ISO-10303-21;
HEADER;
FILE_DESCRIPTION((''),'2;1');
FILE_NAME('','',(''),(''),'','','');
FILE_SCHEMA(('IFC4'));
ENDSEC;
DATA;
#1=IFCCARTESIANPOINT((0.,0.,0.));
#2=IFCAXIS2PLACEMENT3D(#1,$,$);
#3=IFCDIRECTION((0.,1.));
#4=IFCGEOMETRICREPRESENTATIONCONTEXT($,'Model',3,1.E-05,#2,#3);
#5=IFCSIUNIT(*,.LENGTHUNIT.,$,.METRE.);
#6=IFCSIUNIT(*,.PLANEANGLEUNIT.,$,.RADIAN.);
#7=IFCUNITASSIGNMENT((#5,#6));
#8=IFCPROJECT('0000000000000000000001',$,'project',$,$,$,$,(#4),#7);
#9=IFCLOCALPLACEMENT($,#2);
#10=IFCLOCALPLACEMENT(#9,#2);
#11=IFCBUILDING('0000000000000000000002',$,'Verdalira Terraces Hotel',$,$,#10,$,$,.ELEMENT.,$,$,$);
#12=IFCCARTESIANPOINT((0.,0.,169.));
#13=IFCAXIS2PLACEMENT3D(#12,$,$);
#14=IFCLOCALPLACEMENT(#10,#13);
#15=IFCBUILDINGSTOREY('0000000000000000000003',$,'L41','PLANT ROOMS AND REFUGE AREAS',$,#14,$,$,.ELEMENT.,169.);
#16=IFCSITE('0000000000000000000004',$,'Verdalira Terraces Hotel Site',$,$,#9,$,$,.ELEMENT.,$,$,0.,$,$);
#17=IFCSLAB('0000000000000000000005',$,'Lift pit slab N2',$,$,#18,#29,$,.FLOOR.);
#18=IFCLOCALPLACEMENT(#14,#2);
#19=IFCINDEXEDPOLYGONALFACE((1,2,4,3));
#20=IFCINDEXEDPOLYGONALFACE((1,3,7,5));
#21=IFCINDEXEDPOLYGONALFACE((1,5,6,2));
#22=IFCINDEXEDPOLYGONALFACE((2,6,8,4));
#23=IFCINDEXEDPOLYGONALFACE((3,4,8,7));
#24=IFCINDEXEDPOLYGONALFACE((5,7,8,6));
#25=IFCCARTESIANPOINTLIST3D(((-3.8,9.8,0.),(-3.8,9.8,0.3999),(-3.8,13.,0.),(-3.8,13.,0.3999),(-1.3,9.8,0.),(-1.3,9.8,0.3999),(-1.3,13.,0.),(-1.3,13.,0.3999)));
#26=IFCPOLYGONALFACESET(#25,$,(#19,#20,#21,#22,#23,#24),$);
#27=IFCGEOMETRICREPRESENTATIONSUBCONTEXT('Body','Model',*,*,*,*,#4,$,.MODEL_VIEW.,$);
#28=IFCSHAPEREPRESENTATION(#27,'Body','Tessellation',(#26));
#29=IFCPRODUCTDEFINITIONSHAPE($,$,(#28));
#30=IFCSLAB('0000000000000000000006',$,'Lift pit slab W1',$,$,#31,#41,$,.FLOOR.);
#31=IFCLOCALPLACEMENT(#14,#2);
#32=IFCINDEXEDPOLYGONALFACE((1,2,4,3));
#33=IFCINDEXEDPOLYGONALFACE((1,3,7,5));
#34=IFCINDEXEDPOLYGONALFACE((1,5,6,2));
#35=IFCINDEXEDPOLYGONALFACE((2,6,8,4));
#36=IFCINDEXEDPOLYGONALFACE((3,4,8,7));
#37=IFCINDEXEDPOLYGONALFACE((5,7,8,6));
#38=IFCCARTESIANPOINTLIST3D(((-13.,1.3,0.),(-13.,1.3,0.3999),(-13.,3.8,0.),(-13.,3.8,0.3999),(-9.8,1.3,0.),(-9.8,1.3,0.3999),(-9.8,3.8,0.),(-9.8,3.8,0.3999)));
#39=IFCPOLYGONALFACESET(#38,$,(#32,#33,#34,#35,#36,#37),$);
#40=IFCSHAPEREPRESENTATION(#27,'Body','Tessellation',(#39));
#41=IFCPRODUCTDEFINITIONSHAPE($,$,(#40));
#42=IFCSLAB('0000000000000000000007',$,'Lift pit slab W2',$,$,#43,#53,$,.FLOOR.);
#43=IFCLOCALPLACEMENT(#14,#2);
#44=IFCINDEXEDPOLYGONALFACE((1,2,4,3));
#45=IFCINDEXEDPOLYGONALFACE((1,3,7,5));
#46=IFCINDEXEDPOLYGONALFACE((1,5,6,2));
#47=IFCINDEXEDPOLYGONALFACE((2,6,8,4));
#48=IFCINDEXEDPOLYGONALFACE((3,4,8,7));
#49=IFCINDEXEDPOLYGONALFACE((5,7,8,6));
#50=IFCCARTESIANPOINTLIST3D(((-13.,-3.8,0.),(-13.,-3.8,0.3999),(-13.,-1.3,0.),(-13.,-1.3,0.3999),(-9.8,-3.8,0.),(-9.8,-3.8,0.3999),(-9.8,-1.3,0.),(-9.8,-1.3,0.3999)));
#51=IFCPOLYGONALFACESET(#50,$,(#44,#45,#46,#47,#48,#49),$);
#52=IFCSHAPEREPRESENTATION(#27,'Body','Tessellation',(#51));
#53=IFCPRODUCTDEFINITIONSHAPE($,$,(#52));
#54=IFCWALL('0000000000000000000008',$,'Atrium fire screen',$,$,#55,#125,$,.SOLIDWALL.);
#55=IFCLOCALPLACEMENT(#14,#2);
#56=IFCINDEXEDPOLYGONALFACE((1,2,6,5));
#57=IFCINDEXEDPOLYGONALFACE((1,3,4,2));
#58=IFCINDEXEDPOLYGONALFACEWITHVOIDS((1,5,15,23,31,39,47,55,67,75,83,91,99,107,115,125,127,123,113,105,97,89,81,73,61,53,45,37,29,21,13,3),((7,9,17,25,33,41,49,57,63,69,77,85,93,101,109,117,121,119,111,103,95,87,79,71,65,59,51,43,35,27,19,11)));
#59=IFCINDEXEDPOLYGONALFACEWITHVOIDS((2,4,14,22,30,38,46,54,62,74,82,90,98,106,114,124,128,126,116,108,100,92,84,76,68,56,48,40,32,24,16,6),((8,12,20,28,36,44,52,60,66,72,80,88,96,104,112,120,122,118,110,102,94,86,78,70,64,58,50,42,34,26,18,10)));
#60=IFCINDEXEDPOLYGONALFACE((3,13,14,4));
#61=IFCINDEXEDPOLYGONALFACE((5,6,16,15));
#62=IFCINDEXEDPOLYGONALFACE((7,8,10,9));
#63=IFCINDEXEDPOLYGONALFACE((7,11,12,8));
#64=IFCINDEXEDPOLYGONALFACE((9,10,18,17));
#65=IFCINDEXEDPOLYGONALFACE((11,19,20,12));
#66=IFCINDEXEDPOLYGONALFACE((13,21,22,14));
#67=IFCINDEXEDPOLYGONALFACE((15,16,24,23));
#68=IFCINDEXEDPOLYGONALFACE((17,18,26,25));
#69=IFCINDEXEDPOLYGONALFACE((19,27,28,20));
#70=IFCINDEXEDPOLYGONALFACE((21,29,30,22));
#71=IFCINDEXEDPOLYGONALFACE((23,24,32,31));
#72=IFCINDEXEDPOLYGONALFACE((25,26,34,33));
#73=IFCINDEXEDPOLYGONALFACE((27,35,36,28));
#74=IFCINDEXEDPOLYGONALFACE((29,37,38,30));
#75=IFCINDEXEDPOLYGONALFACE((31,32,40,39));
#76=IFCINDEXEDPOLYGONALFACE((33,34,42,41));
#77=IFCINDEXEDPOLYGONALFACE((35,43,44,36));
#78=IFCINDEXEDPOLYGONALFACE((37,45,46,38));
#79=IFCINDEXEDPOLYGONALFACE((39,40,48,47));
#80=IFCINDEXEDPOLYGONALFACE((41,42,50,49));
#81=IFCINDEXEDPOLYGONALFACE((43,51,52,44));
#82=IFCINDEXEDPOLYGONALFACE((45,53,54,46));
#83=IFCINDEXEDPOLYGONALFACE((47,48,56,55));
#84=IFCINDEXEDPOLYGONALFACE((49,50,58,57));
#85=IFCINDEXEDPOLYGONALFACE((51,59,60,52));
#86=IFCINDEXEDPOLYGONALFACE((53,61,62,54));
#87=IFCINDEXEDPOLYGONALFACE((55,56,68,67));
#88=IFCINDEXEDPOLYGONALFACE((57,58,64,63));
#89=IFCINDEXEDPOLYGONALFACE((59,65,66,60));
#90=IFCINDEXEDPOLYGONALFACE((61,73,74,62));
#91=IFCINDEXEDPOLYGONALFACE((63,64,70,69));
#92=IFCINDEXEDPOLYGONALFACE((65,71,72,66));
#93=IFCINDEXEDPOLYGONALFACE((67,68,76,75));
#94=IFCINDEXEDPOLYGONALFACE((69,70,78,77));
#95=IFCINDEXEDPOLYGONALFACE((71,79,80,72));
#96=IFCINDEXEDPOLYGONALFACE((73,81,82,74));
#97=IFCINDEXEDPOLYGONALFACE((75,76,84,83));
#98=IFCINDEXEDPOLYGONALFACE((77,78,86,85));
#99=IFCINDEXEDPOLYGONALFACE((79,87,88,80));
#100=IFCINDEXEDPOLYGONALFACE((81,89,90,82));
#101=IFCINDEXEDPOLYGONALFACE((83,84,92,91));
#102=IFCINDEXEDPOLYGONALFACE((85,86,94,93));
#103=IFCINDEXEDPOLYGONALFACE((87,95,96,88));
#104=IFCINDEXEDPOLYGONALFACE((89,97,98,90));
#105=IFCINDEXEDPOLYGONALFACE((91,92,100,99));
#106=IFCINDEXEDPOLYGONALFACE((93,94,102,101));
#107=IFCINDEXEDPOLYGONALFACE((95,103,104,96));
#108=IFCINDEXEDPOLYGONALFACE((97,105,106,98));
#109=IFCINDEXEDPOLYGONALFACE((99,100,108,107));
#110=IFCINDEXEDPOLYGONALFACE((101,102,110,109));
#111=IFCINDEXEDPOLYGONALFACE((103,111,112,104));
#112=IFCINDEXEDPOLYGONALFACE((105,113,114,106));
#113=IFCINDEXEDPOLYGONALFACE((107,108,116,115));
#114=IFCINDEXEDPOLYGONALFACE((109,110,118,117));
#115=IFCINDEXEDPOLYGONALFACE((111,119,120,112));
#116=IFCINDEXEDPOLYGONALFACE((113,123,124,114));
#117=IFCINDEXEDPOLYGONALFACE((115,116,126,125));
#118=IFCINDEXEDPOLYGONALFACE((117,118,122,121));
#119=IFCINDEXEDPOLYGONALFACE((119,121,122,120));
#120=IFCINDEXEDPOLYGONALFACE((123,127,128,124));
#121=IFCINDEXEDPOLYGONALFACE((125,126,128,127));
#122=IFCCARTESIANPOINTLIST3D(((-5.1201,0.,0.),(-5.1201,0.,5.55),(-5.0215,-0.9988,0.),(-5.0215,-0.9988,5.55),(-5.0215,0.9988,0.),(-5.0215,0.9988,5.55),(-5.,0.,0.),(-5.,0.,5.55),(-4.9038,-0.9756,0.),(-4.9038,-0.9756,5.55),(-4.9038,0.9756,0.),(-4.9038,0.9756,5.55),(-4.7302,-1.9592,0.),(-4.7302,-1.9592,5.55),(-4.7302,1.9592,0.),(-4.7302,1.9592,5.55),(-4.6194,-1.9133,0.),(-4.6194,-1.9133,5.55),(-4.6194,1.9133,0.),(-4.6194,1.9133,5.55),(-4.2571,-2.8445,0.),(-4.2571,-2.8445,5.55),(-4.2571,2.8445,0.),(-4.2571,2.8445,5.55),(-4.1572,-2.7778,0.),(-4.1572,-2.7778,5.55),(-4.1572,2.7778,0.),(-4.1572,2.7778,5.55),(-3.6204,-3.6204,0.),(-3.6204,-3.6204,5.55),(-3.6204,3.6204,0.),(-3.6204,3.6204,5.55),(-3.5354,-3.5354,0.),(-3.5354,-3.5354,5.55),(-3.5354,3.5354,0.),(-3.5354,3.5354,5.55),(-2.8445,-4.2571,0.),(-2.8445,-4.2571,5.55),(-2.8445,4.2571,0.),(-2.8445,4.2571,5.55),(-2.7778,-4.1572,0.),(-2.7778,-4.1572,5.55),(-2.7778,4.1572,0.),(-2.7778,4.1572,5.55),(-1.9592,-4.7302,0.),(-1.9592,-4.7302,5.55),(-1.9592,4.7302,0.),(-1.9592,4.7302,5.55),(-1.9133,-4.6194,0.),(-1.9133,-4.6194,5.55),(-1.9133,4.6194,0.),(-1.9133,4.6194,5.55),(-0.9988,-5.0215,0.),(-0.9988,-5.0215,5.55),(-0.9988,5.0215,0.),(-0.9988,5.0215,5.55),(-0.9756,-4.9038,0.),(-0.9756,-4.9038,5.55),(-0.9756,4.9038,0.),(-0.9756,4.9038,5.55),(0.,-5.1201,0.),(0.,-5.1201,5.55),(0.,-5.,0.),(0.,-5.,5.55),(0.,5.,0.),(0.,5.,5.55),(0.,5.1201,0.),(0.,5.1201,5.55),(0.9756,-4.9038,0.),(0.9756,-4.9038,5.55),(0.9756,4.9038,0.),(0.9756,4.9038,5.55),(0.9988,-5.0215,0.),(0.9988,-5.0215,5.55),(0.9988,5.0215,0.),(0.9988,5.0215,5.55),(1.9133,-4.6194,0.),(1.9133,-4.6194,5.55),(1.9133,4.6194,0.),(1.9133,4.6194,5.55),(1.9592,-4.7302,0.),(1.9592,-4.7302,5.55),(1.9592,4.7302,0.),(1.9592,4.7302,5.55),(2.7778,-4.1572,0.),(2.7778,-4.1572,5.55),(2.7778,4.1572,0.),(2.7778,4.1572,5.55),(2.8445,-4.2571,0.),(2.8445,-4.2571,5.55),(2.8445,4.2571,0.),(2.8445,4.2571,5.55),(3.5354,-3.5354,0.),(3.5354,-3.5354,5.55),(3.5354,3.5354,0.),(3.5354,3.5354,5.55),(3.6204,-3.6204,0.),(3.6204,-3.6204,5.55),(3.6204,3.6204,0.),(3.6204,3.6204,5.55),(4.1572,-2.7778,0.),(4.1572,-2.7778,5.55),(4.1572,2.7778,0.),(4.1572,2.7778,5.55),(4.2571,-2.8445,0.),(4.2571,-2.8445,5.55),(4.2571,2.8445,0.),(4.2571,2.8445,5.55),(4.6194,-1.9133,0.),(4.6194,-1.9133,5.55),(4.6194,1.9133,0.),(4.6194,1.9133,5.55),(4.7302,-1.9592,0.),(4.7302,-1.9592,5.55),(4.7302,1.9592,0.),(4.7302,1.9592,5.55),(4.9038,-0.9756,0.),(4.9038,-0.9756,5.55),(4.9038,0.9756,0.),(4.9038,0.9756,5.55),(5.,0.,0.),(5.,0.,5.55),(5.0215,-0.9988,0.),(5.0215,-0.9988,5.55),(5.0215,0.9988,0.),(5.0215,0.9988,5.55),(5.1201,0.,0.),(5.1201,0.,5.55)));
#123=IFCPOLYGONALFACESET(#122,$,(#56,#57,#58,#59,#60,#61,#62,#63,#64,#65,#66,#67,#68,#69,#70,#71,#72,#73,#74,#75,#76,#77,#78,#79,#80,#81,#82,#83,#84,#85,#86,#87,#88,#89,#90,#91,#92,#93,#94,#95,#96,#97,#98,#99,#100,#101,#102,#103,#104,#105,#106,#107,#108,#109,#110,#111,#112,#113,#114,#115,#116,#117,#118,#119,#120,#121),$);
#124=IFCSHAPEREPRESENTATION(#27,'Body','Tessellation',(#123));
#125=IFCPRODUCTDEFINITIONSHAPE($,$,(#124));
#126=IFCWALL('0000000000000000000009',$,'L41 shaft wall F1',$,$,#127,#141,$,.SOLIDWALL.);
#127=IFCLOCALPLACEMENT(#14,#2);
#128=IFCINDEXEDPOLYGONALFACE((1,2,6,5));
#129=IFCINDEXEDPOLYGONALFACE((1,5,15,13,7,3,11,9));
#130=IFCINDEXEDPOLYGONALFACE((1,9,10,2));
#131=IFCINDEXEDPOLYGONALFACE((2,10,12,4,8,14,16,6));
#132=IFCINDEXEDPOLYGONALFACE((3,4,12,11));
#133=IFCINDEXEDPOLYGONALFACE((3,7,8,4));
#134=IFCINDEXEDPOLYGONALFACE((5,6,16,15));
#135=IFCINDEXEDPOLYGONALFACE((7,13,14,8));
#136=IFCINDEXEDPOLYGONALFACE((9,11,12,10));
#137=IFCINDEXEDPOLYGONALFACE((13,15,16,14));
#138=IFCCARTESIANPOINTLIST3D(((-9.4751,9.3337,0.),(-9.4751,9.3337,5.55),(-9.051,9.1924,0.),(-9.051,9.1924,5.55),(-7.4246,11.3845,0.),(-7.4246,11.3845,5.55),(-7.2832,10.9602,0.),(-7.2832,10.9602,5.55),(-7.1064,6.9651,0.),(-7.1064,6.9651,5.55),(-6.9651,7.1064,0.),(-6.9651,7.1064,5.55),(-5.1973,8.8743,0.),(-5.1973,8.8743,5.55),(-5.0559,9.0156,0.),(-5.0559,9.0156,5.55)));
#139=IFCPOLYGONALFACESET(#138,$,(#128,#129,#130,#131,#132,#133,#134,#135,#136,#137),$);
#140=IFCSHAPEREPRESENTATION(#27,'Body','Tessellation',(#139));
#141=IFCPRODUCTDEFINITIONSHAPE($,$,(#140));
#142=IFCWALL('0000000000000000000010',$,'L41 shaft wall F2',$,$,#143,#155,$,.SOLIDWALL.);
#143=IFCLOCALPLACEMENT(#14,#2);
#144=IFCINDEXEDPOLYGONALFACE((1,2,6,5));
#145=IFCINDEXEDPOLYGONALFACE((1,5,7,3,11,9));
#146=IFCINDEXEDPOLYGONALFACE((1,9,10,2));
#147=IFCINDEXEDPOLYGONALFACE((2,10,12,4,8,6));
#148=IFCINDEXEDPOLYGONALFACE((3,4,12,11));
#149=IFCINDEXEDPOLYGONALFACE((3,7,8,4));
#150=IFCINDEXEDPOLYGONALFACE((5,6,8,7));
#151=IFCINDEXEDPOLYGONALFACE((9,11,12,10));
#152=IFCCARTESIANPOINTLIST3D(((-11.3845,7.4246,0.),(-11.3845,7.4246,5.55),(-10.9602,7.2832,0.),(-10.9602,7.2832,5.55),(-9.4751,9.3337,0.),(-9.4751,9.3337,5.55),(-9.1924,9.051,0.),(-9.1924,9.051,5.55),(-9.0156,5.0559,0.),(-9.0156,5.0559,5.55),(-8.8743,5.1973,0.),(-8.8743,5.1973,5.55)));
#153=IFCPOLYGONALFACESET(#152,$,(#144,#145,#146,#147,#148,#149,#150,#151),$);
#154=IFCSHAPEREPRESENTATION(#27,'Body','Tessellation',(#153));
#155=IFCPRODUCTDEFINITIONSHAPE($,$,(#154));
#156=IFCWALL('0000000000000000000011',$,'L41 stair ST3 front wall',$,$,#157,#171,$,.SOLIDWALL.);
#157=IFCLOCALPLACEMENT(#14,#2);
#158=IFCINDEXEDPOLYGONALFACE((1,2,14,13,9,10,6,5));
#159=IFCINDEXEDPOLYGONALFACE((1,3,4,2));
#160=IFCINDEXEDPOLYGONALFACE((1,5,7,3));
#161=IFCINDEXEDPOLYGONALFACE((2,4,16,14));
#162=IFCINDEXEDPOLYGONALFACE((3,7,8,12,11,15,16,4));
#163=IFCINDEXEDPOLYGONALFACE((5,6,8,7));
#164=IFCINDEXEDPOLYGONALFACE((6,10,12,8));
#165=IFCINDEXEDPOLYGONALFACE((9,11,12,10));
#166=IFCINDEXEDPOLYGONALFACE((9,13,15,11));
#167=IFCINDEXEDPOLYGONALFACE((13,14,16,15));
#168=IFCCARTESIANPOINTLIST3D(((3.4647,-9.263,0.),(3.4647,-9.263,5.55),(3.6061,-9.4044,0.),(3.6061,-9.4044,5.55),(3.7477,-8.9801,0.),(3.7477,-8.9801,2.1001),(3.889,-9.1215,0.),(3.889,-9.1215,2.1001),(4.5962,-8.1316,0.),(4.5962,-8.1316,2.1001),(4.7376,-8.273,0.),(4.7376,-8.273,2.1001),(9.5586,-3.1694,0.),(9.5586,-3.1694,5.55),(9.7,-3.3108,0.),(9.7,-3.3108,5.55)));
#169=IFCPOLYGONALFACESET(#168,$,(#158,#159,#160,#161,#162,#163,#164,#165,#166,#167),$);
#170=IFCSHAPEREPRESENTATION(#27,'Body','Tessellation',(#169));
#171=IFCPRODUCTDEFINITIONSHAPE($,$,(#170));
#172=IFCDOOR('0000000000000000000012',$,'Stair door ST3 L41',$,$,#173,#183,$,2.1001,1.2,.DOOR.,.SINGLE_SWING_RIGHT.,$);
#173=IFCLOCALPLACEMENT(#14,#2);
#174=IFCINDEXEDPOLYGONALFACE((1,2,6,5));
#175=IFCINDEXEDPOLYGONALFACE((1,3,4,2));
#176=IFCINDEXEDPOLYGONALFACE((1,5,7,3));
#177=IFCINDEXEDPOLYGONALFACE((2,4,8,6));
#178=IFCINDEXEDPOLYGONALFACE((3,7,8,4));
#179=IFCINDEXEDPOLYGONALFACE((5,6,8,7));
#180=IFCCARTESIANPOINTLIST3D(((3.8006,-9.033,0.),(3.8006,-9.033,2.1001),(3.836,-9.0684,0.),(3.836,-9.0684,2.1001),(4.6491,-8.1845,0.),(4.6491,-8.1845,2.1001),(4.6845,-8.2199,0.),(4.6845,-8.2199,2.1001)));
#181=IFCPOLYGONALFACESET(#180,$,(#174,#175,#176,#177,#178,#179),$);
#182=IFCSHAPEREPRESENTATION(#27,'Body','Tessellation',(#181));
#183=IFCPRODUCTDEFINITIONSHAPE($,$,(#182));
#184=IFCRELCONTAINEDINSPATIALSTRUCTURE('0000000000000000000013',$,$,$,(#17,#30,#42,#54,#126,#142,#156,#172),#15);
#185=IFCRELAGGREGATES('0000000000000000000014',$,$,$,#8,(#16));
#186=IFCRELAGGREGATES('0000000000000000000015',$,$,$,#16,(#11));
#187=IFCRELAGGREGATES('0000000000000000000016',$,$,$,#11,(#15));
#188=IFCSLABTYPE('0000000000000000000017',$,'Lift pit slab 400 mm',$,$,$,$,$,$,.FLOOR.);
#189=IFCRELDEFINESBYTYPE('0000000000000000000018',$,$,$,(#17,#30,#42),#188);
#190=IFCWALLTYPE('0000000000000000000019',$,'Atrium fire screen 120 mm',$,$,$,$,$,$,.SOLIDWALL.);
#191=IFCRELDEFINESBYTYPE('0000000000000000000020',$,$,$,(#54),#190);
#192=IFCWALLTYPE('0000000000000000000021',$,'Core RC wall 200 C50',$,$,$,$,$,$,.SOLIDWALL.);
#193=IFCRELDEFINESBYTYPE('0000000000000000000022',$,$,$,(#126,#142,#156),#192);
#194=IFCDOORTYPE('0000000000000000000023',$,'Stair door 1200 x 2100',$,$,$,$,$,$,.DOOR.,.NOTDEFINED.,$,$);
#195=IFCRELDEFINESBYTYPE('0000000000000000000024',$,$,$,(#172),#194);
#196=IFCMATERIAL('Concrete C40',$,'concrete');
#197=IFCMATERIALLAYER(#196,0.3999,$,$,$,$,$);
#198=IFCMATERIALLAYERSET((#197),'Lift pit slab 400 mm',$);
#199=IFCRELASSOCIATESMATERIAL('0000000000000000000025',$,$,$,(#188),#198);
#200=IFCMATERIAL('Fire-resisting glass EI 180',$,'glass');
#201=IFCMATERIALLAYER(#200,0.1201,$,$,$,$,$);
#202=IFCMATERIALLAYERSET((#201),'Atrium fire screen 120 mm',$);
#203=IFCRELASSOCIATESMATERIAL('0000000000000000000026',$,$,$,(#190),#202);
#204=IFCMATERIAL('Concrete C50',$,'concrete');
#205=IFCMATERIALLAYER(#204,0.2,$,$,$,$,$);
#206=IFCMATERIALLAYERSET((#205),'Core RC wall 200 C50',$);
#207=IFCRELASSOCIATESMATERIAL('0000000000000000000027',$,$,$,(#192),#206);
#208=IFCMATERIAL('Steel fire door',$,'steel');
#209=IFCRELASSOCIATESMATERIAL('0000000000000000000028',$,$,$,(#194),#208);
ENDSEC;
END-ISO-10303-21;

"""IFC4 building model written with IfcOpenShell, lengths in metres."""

from ifc_helpers import new_model, si_unit, direction, frame, frame_2d, origin, place, context, subcontext, project, spatial, polyline, rectangle, outline, extrude, material, layer, layer_set, type_object, element, fill, save


model = new_model("IFC4")

# Units and contexts
model_context = context("Model", 3, precision=1e-05, world=origin(), true_north=direction((0.0, 1.0)))
body_context = subcontext(model_context, "Body", "Model", "MODEL_VIEW")
ifc_project = project(units=[si_unit("LENGTHUNIT", "METRE"), si_unit("PLANEANGLEUNIT", "RADIAN")], contexts=[model_context])

# Site, building, storey
site_placement = place(None, origin())
site = spatial("IfcSite", under=ifc_project, at=site_placement, Name="Verdalira Terraces Hotel Site", CompositionType="ELEMENT", RefElevation=0.0)
building_placement = place(site_placement, origin())
building = spatial("IfcBuilding", under=site, at=building_placement, Name="Verdalira Terraces Hotel", CompositionType="ELEMENT")
storey_placement = place(building_placement, frame((0.0, 0.0, 169.0)))
storey = spatial("IfcBuildingStorey", under=building, at=storey_placement, Name="L41", Description="PLANT ROOMS AND REFUGE AREAS", CompositionType="ELEMENT", Elevation=169.0)

# Slabs
ifc_material_1 = material(Name="Concrete C40", Category="concrete")
ifc_layer_1 = layer(ifc_material_1, 0.3999)
ifc_layer_set_1 = layer_set([ifc_layer_1], Name="Lift pit slab 400 mm")
slab_type_1 = type_object("IfcSlabType", Name="Lift pit slab 400 mm", PredefinedType="FLOOR", material=ifc_layer_set_1)
slab_1_placement = place(storey_placement, origin())
element("IfcSlab", 1, at=slab_1_placement, inside=storey, type_object=slab_type_1, Name="Lift pit slab N2", PredefinedType="FLOOR", context=body_context, shape_type="SweptSolid", body=[
    extrude(outline(polyline([(-1.3, 9.8), (-3.8, 9.8), (-3.8, 13.0), (-1.3, 13.0), (-1.3, 9.8)])), origin(), (0.0, 0.0, 1.0), 0.3999),
])
slab_2_placement = place(storey_placement, origin())
element("IfcSlab", 2, at=slab_2_placement, inside=storey, type_object=slab_type_1, Name="Lift pit slab W1", PredefinedType="FLOOR", context=body_context, shape_type="SweptSolid", body=[
    extrude(outline(polyline([(-9.8, 1.3), (-13.0, 1.3), (-13.0, 3.8), (-9.8, 3.8), (-9.8, 1.3)])), origin(), (0.0, 0.0, 1.0), 0.3999),
])
slab_3_placement = place(storey_placement, origin())
element("IfcSlab", 3, at=slab_3_placement, inside=storey, type_object=slab_type_1, Name="Lift pit slab W2", PredefinedType="FLOOR", context=body_context, shape_type="SweptSolid", body=[
    extrude(outline(polyline([(-9.8, -1.3), (-9.8, -3.8), (-13.0, -3.8), (-13.0, -1.3), (-9.8, -1.3)])), origin(), (0.0, 0.0, 1.0), 0.3999),
])

# Walls
ifc_material_2 = material(Name="Fire-resisting glass EI 180", Category="glass")
ifc_layer_2 = layer(ifc_material_2, 0.1201)
ifc_layer_set_2 = layer_set([ifc_layer_2], Name="Atrium fire screen 120 mm")
wall_type_1 = type_object("IfcWallType", Name="Atrium fire screen 120 mm", PredefinedType="SOLIDWALL", material=ifc_layer_set_2)
wall_1_placement = place(storey_placement, origin())
element("IfcWall", 4, at=wall_1_placement, inside=storey, type_object=wall_type_1, Name="Atrium fire screen", PredefinedType="SOLIDWALL", context=body_context, shape_type="SweptSolid", body=[
    extrude(outline(polyline([(5.0215, -0.9988), (4.7302, -1.9592), (4.2571, -2.8445), (3.6204, -3.6204), (2.8445, -4.2571), (1.9592, -4.7302), (0.9988, -5.0215), (0.0, -5.1201), (-0.9988, -5.0215), (-1.9592, -4.7302), (-2.8445, -4.2571), (-3.6204, -3.6204), (-4.2571, -2.8445), (-4.7302, -1.9592), (-5.0215, -0.9988), (-5.1201, 0.0), (-5.0215, 0.9988), (-4.7302, 1.9592), (-4.2571, 2.8445), (-3.6204, 3.6204), (-2.8445, 4.2571), (-1.9592, 4.7302), (-0.9988, 5.0215), (0.0, 5.1201), (0.9988, 5.0215), (1.9592, 4.7302), (2.8445, 4.2571), (3.6204, 3.6204), (4.2571, 2.8445), (4.7302, 1.9592), (5.0215, 0.9988), (5.1201, 0.0), (5.0215, -0.9988)]), holes=[polyline([(4.9038, 0.9756), (4.6194, 1.9133), (4.1572, 2.7778), (3.5354, 3.5354), (2.7778, 4.1572), (1.9133, 4.6194), (0.9756, 4.9038), (0.0, 5.0), (-0.9756, 4.9038), (-1.9133, 4.6194), (-2.7778, 4.1572), (-3.5354, 3.5354), (-4.1572, 2.7778), (-4.6194, 1.9133), (-4.9038, 0.9756), (-5.0, 0.0), (-4.9038, -0.9756), (-4.6194, -1.9133), (-4.1572, -2.7778), (-3.5354, -3.5354), (-2.7778, -4.1572), (-1.9133, -4.6194), (-0.9756, -4.9038), (0.0, -5.0), (0.9756, -4.9038), (1.9133, -4.6194), (2.7778, -4.1572), (3.5354, -3.5354), (4.1572, -2.7778), (4.6194, -1.9133), (4.9038, -0.9756), (5.0, 0.0), (4.9038, 0.9756)])]), origin(), (0.0, 0.0, 1.0), 5.55),
])
ifc_material_3 = material(Name="Concrete C50", Category="concrete")
ifc_layer_3 = layer(ifc_material_3, 0.2)
ifc_layer_set_3 = layer_set([ifc_layer_3], Name="Core RC wall 200 C50")
wall_type_2 = type_object("IfcWallType", Name="Core RC wall 200 C50", PredefinedType="SOLIDWALL", material=ifc_layer_set_3)
wall_2_placement = place(storey_placement, origin())
element("IfcWall", 5, at=wall_2_placement, inside=storey, type_object=wall_type_2, Name="L41 shaft wall F1", PredefinedType="SOLIDWALL", context=body_context, shape_type="SweptSolid", body=[
    extrude(outline(polyline([(-9.4751, 9.3337), (-7.4246, 11.3845), (-5.0559, 9.0156), (-5.1973, 8.8743), (-7.2832, 10.9602), (-9.051, 9.1924), (-6.9651, 7.1064), (-7.1064, 6.9651), (-9.4751, 9.3337)])), origin(), (0.0, 0.0, 1.0), 5.55),
])
wall_3_placement = place(storey_placement, origin())
element("IfcWall", 6, at=wall_3_placement, inside=storey, type_object=wall_type_2, Name="L41 shaft wall F2", PredefinedType="SOLIDWALL", context=body_context, shape_type="SweptSolid", body=[
    extrude(outline(polyline([(-11.3845, 7.4246), (-9.4751, 9.3337), (-9.1924, 9.051), (-10.9602, 7.2832), (-8.8743, 5.1973), (-9.0156, 5.0559), (-11.3845, 7.4246)])), origin(), (0.0, 0.0, 1.0), 5.55),
])

# Wall, opening, door
wall_4_placement = place(storey_placement, frame((9.6294, -3.24, 0.0), z_axis=(0.0, 0.0, 1.0), x_axis=(-0.707121, -0.707093, 0.0)))
wall_4 = element("IfcWall", 7, at=wall_4_placement, inside=storey, type_object=wall_type_2, Name="L41 stair ST3 front wall", PredefinedType="SOLIDWALL", context=body_context, shape_type="SweptSolid", body=[
    extrude(rectangle(XDim=8.6179, YDim=0.2, at=frame_2d((4.3091, 0.0))), origin(), (0.0, 0.0, 1.0), 5.55),
])
opening_1_placement = place(wall_4_placement, frame((7.0178, 0.0, 0.0)))
opening_1 = element("IfcOpeningElement", 8, at=opening_1_placement, cuts=wall_4, PredefinedType="OPENING", context=body_context, shape_type="SweptSolid", body=[
    extrude(rectangle(XDim=1.2, YDim=2.1001, at=frame_2d((0.6001, 1.05))), frame((0.0, 0.1099, 0.0), z_axis=(0.0, -1.0, 0.0), x_axis=(1.0, 0.0, 0.0)), (0.0, 0.0, 1.0), 0.22),
])
ifc_material_4 = material(Name="Steel fire door", Category="steel")
door_type_1 = type_object("IfcDoorType", Name="Stair door 1200 x 2100", OperationType="NOTDEFINED", PredefinedType="DOOR", material=ifc_material_4)
door_1_placement = place(opening_1_placement, origin())
door_1 = element("IfcDoor", 9, at=door_1_placement, inside=storey, type_object=door_type_1, Name="Stair door ST3 L41", OperationType="SINGLE_SWING_RIGHT", OverallHeight=2.1001, OverallWidth=1.2, PredefinedType="DOOR", context=body_context, shape_type="SweptSolid", body=[
    extrude(rectangle(XDim=1.2, YDim=2.1001, at=frame_2d((0.6001, 1.05))), frame((0.0, 0.0249, 0.0), z_axis=(0.0, -1.0, 0.0), x_axis=(1.0, 0.0, 0.0)), (0.0, 0.0, 1.0), 0.05),
])
fill(opening_1, door_1)

save(model, "model.ifc")
